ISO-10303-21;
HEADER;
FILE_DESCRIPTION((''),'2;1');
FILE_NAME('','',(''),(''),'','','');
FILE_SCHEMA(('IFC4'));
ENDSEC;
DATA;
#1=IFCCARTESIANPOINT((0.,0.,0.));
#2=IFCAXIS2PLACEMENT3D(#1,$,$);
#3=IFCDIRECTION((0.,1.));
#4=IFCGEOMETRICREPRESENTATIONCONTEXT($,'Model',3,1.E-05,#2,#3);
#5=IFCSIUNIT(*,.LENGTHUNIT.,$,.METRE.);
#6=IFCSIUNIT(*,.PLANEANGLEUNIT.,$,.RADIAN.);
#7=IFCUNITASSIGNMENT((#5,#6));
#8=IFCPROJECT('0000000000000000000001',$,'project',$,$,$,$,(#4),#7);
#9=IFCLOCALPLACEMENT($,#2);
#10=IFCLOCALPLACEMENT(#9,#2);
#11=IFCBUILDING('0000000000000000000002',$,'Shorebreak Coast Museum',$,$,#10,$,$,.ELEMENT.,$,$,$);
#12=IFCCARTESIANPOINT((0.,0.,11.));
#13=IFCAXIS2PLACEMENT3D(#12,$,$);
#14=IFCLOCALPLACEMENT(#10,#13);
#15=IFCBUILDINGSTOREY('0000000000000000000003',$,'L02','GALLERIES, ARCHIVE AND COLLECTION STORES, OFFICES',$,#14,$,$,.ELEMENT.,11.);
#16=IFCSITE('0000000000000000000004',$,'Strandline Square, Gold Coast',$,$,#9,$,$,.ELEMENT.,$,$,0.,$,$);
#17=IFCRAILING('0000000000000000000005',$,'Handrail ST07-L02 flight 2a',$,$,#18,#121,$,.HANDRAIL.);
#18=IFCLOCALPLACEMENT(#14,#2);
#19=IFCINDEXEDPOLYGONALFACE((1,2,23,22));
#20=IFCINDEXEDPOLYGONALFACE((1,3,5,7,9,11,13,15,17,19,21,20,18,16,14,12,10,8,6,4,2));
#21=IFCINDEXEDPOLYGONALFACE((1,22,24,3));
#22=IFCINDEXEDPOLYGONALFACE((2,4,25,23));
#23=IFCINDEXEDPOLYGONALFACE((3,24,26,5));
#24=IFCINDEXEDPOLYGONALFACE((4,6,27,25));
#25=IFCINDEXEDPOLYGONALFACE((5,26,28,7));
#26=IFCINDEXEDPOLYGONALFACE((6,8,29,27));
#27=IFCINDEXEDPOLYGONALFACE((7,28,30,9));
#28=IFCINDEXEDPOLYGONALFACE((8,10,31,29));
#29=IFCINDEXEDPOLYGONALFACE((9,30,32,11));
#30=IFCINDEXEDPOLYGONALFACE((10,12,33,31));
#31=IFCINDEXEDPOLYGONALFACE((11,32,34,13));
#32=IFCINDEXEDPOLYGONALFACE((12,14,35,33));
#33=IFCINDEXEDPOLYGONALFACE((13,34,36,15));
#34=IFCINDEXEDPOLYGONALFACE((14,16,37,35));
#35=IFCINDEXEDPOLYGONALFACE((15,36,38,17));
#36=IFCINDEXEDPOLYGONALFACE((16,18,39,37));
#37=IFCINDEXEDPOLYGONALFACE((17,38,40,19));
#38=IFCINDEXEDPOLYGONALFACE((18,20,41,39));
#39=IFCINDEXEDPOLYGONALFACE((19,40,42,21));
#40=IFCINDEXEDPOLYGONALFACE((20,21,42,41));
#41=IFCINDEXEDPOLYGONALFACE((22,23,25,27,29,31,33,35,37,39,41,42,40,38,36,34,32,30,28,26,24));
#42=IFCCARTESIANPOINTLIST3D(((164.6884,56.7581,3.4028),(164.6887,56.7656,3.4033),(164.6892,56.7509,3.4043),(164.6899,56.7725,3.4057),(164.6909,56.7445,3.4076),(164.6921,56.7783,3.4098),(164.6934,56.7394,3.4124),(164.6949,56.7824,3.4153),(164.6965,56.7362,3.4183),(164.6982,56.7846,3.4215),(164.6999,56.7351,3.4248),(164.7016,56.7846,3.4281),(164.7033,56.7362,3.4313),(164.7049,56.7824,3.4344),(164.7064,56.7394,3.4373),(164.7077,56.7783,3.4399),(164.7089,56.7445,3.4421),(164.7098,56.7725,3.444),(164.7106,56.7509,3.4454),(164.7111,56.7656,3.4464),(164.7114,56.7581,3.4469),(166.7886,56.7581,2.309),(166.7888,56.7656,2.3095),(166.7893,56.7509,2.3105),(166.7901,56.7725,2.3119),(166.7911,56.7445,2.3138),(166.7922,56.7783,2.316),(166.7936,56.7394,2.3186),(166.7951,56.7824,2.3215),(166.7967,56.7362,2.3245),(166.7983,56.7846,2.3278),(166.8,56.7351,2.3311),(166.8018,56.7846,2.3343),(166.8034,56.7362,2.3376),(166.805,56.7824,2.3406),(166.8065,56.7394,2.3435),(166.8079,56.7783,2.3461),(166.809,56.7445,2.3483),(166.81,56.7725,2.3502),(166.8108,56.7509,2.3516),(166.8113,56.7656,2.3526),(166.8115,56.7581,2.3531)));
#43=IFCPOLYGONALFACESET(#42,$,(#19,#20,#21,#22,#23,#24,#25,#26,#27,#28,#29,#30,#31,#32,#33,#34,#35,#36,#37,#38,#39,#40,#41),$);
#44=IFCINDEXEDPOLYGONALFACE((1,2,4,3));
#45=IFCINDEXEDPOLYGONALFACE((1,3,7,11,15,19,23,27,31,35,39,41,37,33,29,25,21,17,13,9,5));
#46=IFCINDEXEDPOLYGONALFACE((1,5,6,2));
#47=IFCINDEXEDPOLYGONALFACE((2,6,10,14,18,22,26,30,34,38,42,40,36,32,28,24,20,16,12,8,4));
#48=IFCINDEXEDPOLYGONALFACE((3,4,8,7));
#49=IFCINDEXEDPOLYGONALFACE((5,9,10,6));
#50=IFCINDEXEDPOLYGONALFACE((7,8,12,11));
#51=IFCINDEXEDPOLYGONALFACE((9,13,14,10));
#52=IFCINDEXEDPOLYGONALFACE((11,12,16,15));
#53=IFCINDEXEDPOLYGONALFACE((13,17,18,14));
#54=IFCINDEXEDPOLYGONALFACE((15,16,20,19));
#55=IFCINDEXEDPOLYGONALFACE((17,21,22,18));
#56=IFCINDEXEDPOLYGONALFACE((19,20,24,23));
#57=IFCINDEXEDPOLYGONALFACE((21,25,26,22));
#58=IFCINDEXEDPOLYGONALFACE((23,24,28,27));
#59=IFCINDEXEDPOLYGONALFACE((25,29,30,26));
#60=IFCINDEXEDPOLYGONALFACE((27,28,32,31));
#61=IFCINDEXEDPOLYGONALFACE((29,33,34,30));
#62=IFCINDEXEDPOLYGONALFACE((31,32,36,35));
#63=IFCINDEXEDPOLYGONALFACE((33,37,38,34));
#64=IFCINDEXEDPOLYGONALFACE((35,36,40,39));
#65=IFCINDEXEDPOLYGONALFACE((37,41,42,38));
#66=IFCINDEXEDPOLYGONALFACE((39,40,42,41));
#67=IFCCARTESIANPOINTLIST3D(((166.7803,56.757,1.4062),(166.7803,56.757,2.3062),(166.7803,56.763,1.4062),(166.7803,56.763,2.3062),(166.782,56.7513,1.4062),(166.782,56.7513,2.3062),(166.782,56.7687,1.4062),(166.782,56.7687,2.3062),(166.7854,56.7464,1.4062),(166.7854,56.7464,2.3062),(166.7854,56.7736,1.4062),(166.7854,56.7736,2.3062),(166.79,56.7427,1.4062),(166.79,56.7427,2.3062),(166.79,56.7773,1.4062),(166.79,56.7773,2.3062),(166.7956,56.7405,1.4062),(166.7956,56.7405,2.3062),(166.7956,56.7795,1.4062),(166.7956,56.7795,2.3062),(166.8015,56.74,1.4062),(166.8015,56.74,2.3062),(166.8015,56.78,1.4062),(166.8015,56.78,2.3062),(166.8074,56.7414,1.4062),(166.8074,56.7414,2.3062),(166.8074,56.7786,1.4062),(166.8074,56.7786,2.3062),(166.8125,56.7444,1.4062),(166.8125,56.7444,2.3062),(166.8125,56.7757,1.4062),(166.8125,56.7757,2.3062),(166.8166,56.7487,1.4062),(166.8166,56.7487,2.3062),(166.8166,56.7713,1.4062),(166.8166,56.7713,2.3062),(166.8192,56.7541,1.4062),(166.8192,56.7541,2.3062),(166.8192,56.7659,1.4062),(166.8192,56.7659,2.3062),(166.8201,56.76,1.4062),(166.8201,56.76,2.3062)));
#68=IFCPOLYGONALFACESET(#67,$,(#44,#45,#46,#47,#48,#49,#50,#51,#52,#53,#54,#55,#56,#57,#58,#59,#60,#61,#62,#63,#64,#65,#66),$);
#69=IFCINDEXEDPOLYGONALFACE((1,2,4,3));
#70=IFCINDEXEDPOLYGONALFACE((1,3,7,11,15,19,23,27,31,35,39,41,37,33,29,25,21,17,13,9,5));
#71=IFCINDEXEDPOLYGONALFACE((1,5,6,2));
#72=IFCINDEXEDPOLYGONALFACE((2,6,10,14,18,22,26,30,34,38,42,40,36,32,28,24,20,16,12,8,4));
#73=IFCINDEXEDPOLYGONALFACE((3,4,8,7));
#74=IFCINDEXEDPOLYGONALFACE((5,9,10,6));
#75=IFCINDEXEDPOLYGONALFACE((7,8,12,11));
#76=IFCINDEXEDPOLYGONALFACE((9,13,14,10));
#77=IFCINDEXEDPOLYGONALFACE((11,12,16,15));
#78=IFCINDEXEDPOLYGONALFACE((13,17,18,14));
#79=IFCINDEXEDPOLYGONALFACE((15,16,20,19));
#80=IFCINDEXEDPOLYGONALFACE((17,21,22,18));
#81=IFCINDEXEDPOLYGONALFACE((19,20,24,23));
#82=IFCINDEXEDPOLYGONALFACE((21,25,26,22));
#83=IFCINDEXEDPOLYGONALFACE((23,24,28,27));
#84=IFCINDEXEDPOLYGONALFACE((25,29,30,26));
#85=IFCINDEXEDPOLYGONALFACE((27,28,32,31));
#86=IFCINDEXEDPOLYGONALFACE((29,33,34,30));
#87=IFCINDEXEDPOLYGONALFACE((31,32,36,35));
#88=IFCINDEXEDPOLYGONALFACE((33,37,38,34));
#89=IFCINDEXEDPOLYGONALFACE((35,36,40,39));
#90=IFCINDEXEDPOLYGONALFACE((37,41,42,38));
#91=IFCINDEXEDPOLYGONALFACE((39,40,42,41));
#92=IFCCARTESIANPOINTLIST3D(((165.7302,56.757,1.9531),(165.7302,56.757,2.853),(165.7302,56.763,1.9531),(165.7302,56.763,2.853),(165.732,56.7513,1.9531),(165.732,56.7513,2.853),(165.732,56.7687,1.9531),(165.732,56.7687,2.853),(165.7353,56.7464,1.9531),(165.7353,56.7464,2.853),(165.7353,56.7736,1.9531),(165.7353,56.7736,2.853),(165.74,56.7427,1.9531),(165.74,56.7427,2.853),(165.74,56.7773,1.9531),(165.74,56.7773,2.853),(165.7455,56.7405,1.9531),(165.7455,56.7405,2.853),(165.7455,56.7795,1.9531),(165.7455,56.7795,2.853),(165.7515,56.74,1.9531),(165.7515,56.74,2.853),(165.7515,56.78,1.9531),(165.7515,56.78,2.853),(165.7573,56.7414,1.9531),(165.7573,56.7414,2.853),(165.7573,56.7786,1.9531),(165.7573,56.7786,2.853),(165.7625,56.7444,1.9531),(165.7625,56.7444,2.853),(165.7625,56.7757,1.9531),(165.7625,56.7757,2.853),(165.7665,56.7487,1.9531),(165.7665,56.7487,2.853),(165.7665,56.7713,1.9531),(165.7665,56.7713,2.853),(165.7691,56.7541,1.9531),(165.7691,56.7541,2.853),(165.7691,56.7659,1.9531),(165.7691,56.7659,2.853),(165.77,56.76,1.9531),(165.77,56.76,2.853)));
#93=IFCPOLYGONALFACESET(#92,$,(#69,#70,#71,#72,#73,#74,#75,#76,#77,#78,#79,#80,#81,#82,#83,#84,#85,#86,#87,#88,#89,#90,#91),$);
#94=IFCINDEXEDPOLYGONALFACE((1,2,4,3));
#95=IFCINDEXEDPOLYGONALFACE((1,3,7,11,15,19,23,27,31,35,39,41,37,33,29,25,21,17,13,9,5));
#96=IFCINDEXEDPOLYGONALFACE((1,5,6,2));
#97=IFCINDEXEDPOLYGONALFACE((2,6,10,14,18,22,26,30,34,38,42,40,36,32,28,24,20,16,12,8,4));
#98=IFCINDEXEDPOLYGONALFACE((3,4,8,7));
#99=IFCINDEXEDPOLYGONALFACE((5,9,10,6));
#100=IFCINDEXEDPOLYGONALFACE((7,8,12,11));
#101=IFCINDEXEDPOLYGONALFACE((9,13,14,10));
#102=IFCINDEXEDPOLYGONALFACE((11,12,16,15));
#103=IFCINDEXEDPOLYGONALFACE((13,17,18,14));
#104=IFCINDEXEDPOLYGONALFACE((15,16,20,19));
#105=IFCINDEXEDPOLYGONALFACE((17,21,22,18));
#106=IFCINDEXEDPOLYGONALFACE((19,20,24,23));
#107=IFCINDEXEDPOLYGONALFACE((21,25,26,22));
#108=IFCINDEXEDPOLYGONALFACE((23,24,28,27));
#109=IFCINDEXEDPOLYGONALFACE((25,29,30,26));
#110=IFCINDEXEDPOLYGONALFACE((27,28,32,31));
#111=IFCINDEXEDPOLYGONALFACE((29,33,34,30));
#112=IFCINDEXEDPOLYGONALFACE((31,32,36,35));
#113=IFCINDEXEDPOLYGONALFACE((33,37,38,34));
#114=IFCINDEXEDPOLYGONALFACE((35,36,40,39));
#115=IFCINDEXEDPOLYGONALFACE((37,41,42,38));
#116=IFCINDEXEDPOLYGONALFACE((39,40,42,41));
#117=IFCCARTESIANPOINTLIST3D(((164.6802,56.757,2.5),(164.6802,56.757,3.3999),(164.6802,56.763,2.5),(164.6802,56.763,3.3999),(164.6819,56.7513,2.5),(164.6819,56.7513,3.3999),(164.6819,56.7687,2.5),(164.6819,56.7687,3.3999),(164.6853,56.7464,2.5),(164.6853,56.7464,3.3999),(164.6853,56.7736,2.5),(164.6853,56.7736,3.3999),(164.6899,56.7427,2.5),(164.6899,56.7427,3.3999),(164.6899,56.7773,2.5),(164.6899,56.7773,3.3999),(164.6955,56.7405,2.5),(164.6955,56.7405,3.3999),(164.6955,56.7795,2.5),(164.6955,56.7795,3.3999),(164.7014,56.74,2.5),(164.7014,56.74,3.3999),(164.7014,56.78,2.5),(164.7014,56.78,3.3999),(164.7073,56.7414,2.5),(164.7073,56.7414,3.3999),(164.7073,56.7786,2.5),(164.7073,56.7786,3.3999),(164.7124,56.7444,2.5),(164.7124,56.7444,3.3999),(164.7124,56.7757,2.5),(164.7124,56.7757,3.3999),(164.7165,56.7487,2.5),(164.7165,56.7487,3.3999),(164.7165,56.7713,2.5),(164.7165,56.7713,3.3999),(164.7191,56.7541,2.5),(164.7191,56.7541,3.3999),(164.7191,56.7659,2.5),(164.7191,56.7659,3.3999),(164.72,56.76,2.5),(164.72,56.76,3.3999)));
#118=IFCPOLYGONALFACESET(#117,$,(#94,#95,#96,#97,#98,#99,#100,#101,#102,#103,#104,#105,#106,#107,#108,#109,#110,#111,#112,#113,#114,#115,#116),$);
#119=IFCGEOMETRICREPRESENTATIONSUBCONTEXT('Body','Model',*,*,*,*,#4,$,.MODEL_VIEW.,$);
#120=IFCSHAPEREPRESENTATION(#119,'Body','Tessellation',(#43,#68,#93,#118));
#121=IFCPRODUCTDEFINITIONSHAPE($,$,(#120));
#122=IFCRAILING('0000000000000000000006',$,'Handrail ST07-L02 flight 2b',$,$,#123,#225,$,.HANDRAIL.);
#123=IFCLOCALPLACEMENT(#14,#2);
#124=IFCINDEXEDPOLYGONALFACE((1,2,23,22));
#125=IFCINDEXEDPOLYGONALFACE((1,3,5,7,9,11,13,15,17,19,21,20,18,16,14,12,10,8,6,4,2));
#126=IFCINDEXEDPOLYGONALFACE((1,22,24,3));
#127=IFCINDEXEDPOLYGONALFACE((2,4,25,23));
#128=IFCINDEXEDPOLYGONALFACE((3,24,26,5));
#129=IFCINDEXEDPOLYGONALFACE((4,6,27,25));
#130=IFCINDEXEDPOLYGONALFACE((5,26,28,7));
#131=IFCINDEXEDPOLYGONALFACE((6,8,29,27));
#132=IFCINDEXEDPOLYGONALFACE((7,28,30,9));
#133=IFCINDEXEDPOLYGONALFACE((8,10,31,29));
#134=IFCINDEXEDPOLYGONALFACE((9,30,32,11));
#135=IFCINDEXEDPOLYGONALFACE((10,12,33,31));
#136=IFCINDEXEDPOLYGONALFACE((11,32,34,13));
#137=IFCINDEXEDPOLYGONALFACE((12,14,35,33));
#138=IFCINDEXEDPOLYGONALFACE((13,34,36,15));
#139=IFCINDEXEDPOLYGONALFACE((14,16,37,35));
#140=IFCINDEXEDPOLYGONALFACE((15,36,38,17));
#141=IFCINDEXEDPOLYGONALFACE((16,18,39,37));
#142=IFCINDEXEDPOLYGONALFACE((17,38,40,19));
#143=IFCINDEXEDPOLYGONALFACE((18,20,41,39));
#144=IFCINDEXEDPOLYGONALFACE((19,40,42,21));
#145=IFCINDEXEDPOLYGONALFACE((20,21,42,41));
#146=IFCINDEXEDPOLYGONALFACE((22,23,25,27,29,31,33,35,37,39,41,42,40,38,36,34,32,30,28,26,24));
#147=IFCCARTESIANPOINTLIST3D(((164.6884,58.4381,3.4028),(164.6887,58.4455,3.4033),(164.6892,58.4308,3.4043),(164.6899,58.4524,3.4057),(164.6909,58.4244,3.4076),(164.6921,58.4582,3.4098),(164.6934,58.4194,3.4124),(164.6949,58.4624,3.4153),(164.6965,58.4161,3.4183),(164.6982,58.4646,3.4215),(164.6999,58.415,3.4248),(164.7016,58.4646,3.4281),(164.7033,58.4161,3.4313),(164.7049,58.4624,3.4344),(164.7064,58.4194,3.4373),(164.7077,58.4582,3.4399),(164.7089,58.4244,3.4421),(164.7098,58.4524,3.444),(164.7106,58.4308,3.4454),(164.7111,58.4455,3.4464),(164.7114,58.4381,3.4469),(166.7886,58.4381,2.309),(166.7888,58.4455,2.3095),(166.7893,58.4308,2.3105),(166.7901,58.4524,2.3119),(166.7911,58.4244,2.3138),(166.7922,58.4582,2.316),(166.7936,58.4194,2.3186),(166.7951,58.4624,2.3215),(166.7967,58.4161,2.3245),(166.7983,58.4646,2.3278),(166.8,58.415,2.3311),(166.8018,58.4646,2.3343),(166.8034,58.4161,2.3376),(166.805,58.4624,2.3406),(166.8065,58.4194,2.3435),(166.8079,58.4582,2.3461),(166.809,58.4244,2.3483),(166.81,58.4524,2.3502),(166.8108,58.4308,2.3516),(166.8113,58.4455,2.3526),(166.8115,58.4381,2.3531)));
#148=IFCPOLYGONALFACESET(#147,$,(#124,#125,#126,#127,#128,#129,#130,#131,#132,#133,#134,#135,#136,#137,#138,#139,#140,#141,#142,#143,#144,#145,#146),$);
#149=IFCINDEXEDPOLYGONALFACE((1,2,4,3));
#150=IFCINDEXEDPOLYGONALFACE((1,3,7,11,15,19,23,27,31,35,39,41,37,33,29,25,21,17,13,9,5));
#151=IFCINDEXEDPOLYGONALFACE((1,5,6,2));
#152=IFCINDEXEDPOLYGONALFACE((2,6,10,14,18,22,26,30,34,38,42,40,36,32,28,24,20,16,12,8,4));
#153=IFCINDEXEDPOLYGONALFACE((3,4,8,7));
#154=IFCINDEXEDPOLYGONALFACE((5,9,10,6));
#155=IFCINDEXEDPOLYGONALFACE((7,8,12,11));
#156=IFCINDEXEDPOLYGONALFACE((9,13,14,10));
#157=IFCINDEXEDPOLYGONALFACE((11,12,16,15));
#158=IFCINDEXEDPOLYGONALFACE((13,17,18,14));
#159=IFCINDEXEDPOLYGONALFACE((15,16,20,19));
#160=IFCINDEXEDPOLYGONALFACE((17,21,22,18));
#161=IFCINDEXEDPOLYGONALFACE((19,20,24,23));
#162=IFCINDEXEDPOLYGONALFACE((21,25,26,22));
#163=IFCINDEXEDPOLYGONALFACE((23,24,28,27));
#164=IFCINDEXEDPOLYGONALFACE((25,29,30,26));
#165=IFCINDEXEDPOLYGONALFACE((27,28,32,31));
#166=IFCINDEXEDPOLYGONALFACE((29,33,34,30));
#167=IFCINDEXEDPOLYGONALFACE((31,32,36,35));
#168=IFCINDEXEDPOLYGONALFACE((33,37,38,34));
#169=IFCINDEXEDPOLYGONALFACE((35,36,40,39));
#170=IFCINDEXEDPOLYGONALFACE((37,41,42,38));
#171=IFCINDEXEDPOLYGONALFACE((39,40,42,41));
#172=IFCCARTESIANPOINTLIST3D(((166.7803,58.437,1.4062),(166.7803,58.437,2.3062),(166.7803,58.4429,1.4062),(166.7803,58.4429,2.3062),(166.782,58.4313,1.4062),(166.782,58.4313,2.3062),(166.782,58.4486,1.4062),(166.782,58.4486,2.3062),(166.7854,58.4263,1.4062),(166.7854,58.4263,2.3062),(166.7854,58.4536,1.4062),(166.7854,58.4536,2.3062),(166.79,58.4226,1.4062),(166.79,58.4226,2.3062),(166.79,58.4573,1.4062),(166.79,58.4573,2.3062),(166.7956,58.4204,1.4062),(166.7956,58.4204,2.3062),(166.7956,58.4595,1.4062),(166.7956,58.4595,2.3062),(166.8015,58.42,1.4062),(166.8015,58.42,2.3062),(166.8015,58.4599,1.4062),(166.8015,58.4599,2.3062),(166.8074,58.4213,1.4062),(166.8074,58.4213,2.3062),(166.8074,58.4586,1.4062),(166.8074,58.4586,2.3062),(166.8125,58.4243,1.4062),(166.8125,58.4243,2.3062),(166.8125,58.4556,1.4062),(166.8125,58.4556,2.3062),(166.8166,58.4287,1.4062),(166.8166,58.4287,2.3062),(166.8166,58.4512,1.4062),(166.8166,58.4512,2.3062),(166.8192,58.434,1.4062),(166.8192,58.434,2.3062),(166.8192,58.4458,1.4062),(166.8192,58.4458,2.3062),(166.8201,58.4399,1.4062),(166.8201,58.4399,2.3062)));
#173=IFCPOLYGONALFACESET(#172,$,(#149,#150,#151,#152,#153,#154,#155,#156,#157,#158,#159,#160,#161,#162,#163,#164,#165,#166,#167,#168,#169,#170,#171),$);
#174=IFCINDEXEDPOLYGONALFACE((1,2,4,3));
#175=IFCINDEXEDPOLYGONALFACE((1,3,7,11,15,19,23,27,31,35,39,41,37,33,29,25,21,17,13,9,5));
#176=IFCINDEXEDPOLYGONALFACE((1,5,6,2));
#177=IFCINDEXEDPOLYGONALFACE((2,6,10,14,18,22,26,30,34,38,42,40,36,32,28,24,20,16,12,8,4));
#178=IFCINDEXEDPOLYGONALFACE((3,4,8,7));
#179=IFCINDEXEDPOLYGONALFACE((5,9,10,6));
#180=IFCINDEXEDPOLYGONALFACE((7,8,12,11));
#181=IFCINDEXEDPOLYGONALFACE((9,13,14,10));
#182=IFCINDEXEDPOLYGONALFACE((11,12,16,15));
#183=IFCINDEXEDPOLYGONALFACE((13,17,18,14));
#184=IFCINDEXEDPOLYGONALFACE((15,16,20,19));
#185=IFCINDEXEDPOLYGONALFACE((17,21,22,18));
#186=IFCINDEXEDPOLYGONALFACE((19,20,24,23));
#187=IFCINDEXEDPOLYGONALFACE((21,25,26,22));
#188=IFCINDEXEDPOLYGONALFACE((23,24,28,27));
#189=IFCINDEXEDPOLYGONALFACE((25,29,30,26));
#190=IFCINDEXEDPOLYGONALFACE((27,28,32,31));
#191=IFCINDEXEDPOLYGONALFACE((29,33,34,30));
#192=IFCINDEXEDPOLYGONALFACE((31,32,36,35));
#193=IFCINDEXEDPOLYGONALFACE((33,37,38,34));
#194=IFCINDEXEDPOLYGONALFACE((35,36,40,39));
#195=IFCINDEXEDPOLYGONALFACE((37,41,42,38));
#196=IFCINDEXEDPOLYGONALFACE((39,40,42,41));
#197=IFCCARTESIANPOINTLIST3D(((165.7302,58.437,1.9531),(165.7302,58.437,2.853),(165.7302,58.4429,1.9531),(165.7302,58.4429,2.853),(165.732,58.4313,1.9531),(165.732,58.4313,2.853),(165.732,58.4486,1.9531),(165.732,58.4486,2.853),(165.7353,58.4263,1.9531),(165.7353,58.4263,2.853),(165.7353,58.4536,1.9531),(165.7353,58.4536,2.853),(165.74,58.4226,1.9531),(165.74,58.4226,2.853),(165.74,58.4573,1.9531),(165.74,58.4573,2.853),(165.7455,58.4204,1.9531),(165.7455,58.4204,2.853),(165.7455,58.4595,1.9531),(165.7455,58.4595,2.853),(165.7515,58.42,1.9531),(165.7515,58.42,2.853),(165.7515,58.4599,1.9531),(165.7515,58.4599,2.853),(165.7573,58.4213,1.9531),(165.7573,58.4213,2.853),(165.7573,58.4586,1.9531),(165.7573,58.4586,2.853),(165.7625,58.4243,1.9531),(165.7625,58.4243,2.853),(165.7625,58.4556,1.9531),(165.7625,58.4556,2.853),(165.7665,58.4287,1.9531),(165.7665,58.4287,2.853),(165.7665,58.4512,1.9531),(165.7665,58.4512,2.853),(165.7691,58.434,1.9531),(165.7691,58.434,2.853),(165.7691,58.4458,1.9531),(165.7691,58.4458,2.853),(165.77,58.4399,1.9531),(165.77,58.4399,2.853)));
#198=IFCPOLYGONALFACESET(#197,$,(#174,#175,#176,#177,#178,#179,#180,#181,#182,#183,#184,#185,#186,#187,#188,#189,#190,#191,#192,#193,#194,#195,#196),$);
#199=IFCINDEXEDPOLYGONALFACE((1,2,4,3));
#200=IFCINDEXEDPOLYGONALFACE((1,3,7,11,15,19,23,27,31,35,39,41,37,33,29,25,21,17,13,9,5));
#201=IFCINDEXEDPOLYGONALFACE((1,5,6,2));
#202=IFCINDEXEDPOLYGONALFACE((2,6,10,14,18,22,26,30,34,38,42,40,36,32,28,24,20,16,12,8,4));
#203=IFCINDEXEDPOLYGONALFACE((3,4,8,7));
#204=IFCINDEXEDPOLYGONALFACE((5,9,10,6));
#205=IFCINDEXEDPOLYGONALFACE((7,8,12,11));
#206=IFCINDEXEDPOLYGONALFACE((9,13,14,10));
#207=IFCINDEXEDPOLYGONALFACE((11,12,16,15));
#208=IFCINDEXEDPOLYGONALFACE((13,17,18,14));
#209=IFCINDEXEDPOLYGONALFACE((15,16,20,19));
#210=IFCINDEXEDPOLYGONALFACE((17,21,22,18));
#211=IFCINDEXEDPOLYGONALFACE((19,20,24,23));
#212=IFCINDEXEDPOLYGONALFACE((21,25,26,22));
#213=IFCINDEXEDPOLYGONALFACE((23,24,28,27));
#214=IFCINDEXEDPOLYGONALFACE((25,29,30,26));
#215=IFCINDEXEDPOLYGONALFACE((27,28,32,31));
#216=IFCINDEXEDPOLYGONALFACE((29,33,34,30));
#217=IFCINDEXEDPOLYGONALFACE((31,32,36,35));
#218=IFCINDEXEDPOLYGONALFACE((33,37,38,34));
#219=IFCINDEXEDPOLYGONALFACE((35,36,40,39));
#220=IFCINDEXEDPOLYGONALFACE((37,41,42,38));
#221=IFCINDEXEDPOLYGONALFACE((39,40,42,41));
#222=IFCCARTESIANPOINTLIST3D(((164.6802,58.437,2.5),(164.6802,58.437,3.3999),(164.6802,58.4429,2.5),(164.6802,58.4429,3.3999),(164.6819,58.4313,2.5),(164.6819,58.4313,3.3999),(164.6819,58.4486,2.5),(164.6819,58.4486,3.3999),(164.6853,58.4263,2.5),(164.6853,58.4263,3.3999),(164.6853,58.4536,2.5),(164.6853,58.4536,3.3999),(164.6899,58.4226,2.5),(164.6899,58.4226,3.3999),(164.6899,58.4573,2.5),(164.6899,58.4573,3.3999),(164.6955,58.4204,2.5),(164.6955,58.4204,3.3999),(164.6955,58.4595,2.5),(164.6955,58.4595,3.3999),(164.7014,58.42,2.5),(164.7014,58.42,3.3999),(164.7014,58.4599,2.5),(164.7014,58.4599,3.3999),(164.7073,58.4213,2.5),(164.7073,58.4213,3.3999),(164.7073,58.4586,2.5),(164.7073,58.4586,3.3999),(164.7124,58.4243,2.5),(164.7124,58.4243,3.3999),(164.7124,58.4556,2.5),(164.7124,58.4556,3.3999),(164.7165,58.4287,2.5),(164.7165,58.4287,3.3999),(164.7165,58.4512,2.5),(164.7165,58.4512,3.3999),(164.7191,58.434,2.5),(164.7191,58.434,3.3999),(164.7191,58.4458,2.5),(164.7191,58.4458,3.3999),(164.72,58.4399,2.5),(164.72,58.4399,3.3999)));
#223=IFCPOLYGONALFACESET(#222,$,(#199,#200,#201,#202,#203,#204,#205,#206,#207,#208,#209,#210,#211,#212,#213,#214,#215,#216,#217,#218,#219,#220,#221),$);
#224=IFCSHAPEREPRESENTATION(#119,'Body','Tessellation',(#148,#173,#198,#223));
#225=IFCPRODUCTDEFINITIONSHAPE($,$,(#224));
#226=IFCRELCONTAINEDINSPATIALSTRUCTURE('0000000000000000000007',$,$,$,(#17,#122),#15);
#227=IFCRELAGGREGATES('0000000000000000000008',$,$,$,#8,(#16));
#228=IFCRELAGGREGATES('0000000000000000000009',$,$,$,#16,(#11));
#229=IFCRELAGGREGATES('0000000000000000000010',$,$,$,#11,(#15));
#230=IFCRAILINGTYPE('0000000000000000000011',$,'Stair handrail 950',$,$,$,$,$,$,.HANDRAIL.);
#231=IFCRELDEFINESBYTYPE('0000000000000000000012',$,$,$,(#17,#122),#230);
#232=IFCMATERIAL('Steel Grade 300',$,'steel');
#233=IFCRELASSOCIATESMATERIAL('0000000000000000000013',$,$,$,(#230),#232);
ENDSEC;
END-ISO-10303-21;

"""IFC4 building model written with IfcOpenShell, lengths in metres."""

from ifc_helpers import new_model, si_unit, direction, frame, origin, origin_2d, place, context, subcontext, project, spatial, circle, extrude, material, type_object, element, save


model = new_model("IFC4")

# Units and contexts
model_context = context("Model", 3, precision=1e-05, world=origin(), true_north=direction((0.0, 1.0)))
body_context = subcontext(model_context, "Body", "Model", "MODEL_VIEW")
ifc_project = project(units=[si_unit("LENGTHUNIT", "METRE"), si_unit("PLANEANGLEUNIT", "RADIAN")], contexts=[model_context])

# Site, building, storey
site_placement = place(None, origin())
site = spatial("IfcSite", under=ifc_project, at=site_placement, Name="Strandline Square, Gold Coast", CompositionType="ELEMENT", RefElevation=0.0)
building_placement = place(site_placement, origin())
building = spatial("IfcBuilding", under=site, at=building_placement, Name="Shorebreak Coast Museum", CompositionType="ELEMENT")
storey_placement = place(building_placement, frame((0.0, 0.0, 11.0)))
storey = spatial("IfcBuildingStorey", under=building, at=storey_placement, Name="L02", Description="GALLERIES, ARCHIVE AND COLLECTION STORES, OFFICES", CompositionType="ELEMENT", Elevation=11.0)

# Railings
ifc_material_1 = material(Name="Steel Grade 300", Category="steel")
railing_type_1 = type_object("IfcRailingType", Name="Stair handrail 950", PredefinedType="HANDRAIL", material=ifc_material_1)
for number, where, name in (
    (1, (166.8, 56.76, 1.4062), "Handrail ST07-L02 flight 2a"),
    (2, (166.8, 58.4399, 1.4062), "Handrail ST07-L02 flight 2b"),
):
    element("IfcRailing", number, at=place(storey_placement, frame(where)), inside=storey, type_object=railing_type_1, Name=name, PredefinedType="HANDRAIL", context=body_context, shape_type="SweptSolid", body=[
        extrude(circle(Radius=0.0249, at=origin_2d()), frame((0.0, 0.0, 0.9248), z_axis=(-0.886923, 0.0, 0.461918), x_axis=(0.0, -1.0, 0.0)), (0.0, 0.0, 1.0), 2.3679),
        extrude(circle(Radius=0.02, at=origin_2d()), origin(), (0.0, 0.0, 1.0), 0.8999),
        extrude(circle(Radius=0.02, at=origin_2d()), frame((-1.05, 0.0, 0.5469)), (0.0, 0.0, 1.0), 0.8999),
        extrude(circle(Radius=0.02, at=origin_2d()), frame((-2.1001, 0.0, 1.0938)), (0.0, 0.0, 1.0), 0.8999),
    ])

save(model, "model.ifc")
